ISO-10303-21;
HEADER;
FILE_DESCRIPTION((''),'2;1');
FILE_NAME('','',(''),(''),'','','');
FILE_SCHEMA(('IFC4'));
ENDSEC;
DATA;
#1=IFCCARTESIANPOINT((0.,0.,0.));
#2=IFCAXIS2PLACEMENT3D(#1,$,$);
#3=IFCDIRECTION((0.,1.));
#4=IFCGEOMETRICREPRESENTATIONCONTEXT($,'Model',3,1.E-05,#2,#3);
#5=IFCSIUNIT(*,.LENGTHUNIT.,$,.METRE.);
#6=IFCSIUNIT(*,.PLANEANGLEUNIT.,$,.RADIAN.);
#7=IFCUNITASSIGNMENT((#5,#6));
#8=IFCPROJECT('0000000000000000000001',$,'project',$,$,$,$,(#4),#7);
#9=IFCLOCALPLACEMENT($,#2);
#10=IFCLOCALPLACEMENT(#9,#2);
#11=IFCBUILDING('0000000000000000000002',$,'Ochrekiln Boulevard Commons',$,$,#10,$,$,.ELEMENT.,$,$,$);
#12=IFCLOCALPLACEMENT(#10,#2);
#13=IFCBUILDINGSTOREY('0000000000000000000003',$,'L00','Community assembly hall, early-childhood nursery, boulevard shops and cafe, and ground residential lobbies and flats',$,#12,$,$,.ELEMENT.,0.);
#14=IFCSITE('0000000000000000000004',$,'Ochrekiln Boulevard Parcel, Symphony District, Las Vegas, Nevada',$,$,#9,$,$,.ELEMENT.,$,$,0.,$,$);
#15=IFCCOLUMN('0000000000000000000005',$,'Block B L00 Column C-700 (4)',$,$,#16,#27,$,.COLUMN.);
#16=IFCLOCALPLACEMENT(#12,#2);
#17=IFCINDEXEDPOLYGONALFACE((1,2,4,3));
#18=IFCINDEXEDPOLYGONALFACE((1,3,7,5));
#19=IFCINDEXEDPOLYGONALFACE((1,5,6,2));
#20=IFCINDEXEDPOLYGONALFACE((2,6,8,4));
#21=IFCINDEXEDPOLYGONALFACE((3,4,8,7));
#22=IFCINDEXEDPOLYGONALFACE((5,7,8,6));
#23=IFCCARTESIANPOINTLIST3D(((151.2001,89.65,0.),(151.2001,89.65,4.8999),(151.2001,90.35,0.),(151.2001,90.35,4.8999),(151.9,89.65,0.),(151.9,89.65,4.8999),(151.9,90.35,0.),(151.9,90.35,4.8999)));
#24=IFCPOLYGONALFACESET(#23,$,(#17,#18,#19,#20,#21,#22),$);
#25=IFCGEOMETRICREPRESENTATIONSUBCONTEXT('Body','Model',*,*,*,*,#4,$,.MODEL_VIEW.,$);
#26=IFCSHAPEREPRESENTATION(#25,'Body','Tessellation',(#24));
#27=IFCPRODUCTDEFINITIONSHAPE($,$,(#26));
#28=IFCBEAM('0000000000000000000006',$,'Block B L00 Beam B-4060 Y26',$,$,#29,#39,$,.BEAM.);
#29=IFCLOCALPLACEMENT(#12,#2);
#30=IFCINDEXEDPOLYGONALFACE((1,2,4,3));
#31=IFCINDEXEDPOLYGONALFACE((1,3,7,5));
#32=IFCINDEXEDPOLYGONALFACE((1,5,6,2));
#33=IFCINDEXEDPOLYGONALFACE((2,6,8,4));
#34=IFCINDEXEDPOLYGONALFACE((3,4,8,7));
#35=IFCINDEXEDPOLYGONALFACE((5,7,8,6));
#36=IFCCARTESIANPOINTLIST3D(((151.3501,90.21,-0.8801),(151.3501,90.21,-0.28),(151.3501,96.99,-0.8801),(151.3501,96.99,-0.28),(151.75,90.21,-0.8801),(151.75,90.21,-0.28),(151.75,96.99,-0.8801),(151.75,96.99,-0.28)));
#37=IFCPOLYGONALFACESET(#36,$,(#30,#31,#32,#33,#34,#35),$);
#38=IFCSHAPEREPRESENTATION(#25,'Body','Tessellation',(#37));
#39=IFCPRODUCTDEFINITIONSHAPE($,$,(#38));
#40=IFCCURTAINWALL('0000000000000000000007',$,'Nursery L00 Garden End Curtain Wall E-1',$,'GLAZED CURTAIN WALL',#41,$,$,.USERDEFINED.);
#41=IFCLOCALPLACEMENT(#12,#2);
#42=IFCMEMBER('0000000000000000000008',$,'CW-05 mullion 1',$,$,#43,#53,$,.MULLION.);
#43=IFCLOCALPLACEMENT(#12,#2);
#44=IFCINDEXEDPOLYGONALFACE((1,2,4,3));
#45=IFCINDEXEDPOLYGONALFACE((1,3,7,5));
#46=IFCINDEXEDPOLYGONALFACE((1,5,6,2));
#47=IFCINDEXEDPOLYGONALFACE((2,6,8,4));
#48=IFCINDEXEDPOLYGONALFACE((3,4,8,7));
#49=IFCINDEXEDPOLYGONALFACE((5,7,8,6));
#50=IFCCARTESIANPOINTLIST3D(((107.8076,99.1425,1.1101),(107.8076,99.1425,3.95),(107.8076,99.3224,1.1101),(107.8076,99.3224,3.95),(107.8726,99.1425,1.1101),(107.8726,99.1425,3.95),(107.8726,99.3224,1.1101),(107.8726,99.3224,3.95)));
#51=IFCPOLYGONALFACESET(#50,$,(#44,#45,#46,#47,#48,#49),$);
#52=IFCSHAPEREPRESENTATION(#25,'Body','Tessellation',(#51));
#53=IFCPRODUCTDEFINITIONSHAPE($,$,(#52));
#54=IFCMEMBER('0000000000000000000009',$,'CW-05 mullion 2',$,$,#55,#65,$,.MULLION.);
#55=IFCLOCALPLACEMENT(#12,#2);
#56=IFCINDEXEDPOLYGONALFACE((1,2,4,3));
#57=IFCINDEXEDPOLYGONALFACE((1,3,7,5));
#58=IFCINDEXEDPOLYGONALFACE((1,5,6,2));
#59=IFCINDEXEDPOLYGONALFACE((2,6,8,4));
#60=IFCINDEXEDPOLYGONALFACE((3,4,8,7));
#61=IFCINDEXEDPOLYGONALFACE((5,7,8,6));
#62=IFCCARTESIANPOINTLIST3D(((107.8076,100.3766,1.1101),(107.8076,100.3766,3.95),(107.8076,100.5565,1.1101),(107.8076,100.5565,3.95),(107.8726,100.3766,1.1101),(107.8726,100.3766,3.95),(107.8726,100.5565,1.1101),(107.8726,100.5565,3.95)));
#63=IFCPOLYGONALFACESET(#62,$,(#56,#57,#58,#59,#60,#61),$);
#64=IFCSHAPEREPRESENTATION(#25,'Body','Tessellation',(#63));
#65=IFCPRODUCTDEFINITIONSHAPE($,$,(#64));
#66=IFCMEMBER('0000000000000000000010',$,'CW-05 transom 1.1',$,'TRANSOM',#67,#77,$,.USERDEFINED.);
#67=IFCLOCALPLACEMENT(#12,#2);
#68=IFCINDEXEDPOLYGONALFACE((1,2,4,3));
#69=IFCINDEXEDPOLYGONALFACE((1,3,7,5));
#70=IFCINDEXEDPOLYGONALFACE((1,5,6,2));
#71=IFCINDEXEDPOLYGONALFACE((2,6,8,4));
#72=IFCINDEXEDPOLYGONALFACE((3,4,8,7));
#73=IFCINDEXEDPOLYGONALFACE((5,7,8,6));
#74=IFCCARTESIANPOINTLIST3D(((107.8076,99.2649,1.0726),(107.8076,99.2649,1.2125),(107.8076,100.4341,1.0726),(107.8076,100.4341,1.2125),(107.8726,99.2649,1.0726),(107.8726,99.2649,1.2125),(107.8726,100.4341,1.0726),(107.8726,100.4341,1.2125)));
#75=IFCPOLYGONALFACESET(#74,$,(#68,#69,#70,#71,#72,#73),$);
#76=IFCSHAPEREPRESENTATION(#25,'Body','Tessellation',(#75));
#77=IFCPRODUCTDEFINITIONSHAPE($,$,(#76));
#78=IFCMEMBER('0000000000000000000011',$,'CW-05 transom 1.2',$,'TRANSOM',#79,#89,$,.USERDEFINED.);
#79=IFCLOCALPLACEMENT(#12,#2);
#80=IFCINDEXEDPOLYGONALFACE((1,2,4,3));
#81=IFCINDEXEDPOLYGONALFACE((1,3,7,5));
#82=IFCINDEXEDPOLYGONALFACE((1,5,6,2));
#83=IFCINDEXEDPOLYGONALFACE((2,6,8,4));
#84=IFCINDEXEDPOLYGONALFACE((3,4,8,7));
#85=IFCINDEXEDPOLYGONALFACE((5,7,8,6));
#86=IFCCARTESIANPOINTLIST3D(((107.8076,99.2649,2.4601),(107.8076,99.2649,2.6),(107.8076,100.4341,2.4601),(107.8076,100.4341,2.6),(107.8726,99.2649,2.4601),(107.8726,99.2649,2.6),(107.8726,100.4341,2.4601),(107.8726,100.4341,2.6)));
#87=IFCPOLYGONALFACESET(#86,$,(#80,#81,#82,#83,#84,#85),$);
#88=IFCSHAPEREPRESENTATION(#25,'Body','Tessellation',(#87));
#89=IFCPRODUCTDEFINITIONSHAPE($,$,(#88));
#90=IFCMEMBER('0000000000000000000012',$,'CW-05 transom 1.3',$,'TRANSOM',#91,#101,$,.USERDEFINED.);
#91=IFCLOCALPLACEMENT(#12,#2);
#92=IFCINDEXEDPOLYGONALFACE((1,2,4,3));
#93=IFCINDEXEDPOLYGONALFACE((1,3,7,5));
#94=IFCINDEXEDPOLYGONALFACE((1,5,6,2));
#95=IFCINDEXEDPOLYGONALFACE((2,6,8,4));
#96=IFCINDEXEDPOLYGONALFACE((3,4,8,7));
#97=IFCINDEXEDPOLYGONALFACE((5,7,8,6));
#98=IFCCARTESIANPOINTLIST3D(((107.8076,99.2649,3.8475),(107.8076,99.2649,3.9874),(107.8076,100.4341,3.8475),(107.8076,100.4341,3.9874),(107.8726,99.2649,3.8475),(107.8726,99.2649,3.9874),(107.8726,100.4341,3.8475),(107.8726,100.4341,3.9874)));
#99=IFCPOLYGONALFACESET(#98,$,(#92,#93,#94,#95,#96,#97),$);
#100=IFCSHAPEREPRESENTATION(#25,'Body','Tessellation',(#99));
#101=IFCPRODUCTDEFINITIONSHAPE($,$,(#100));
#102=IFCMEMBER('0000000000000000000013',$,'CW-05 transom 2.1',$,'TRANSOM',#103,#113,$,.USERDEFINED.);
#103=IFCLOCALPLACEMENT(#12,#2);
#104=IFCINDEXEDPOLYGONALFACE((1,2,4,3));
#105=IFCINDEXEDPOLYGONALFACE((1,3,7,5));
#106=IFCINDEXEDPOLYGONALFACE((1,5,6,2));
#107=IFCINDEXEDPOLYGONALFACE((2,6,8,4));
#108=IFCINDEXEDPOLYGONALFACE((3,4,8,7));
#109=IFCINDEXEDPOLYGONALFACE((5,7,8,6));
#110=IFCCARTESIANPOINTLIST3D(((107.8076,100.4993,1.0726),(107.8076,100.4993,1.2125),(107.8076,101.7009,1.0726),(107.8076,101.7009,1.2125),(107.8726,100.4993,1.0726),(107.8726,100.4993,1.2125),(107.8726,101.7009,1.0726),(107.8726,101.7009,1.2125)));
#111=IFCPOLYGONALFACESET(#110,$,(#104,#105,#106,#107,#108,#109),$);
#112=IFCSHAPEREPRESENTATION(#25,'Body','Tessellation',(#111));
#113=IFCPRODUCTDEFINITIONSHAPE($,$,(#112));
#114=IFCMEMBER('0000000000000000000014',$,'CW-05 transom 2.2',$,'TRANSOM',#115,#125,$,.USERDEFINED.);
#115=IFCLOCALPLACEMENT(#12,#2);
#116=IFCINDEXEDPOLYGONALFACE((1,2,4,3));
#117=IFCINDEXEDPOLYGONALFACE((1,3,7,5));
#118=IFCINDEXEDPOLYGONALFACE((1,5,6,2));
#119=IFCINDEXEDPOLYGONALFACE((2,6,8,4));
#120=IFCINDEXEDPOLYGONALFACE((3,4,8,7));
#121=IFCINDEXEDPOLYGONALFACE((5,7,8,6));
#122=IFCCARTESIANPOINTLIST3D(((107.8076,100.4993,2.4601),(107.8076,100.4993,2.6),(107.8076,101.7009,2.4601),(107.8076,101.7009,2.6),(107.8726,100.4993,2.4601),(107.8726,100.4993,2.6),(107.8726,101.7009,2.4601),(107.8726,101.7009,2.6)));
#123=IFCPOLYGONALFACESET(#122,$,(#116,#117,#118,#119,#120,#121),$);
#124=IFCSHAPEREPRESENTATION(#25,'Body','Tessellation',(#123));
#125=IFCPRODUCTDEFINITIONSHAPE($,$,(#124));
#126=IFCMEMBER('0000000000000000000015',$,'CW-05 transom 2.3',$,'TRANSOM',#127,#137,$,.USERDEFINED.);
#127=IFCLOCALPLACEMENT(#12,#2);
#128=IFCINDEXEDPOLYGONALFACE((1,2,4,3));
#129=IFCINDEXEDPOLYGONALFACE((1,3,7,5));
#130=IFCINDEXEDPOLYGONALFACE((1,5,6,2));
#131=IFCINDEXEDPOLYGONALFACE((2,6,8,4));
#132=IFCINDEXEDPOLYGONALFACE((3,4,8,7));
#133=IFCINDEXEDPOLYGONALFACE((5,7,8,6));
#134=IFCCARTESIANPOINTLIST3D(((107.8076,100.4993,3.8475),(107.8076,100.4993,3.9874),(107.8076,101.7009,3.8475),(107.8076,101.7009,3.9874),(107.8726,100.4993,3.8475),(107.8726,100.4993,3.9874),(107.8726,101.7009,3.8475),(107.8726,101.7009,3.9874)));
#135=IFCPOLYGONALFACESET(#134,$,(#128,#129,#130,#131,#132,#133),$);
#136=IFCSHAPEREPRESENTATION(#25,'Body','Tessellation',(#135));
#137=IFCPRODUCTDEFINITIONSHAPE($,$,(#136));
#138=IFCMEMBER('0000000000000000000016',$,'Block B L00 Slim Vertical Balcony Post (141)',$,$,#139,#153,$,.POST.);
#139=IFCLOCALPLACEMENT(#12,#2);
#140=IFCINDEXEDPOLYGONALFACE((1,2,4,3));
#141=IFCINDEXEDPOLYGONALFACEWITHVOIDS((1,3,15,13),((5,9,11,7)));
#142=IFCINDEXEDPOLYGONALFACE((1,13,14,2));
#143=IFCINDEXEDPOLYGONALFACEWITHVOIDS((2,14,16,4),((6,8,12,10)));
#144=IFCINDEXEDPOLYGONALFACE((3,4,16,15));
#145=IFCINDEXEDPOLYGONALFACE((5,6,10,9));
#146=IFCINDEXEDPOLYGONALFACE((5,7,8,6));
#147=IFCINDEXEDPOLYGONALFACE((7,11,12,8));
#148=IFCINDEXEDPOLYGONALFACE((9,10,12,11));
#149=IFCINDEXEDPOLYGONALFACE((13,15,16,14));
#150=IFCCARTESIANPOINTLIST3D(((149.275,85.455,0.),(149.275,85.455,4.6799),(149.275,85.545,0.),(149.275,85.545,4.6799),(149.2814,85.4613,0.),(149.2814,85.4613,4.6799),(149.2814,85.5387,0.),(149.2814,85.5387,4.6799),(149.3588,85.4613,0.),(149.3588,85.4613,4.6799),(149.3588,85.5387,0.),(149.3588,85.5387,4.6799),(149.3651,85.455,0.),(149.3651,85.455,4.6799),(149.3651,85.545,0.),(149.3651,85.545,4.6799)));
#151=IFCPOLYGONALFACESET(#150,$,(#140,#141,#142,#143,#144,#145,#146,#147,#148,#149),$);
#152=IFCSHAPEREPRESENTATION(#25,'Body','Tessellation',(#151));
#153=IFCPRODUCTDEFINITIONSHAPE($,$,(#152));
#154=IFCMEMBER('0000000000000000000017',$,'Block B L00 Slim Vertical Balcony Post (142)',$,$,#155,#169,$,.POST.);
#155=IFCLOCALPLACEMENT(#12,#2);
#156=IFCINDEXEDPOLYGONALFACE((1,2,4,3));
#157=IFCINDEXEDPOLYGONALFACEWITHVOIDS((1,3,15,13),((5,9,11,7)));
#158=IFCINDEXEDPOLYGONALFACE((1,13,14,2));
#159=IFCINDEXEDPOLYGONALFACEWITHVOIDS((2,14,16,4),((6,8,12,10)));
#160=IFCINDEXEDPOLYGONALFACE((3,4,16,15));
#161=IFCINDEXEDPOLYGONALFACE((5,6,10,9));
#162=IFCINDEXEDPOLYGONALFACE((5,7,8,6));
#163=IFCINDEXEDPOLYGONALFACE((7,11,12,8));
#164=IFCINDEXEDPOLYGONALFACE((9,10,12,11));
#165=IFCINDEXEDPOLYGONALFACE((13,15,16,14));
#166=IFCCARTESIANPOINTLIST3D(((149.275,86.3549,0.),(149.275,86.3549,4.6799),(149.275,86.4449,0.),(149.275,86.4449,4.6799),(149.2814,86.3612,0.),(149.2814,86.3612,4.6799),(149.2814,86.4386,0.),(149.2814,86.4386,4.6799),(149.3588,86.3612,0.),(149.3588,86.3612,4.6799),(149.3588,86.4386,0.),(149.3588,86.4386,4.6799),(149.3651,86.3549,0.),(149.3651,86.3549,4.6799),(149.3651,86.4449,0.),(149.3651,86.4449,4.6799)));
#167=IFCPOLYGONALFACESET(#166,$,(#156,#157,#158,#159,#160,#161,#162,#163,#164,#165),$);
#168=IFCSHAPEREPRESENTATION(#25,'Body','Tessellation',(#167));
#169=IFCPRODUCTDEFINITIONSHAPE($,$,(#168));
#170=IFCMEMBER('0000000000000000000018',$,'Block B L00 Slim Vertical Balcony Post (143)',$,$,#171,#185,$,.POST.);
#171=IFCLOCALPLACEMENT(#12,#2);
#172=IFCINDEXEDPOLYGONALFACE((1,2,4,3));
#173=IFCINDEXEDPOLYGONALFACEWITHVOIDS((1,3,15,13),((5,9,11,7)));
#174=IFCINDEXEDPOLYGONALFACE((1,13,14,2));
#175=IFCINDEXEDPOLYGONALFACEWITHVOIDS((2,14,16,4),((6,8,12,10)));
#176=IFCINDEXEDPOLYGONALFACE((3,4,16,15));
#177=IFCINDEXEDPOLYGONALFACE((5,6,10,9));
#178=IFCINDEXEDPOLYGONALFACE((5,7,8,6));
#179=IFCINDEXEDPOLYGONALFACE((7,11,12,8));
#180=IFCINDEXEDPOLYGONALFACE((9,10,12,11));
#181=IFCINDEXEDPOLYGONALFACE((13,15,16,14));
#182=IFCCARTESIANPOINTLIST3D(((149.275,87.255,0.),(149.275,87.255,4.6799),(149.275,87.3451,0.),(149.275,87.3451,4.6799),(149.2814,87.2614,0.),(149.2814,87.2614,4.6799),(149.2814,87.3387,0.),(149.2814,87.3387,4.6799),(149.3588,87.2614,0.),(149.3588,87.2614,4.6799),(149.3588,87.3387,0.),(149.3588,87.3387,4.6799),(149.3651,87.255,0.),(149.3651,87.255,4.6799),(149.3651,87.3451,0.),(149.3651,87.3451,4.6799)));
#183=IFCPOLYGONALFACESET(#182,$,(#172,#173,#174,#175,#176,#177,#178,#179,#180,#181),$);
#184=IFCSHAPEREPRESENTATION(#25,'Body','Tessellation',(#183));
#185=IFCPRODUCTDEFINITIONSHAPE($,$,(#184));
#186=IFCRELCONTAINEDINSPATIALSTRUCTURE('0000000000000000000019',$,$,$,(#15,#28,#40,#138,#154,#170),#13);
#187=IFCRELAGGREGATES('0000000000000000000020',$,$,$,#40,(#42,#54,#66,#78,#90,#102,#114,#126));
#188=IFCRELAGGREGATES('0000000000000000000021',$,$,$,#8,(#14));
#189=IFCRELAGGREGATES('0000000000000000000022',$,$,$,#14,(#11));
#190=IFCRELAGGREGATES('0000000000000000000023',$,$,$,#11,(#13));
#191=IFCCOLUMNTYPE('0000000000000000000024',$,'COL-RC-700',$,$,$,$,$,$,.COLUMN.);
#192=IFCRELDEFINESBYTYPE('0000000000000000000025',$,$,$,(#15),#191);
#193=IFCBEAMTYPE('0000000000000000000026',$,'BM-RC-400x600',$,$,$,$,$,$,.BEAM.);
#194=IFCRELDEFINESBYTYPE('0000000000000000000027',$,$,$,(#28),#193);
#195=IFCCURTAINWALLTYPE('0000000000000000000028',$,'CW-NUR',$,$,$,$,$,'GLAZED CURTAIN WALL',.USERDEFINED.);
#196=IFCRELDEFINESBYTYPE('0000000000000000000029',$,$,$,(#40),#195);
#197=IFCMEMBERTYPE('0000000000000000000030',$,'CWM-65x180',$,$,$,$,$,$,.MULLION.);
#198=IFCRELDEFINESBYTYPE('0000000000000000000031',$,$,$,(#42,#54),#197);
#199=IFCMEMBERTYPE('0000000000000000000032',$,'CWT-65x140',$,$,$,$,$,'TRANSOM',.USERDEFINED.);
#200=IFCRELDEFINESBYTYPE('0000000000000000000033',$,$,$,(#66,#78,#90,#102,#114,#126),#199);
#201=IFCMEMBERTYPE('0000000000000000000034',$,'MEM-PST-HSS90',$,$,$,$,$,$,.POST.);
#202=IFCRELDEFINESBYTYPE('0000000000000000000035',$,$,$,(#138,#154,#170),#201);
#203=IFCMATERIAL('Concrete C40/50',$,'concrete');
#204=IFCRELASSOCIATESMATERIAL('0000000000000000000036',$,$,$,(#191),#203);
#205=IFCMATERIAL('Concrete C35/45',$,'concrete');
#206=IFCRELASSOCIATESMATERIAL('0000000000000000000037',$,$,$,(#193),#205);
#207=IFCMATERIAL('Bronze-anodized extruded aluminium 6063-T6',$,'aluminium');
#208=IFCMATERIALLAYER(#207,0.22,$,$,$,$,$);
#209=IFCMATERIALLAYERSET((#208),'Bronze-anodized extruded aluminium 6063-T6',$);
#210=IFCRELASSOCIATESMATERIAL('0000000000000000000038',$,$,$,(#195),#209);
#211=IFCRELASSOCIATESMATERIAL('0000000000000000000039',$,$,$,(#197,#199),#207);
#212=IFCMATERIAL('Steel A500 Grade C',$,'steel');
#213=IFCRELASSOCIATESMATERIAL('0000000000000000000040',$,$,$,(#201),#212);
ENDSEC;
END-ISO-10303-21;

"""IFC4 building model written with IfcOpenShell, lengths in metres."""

from ifc_helpers import new_model, si_unit, direction, frame, origin, origin_2d, place, context, subcontext, project, spatial, rectangle, hollow_rectangle, extrude, material, layer, layer_set, material_profile, profile_set, type_object, element, aggregate, save


model = new_model("IFC4")

# Units and contexts
model_context = context("Model", 3, precision=1e-05, world=origin(), true_north=direction((0.0, 1.0)))
body_context = subcontext(model_context, "Body", "Model", "MODEL_VIEW")
ifc_project = project(units=[si_unit("LENGTHUNIT", "METRE"), si_unit("PLANEANGLEUNIT", "RADIAN")], contexts=[model_context])

# Site, building, storey
site_placement = place(None, origin())
site = spatial("IfcSite", under=ifc_project, at=site_placement, Name="Ochrekiln Boulevard Parcel, Symphony District, Las Vegas, Nevada", CompositionType="ELEMENT", RefElevation=0.0)
building_placement = place(site_placement, origin())
building = spatial("IfcBuilding", under=site, at=building_placement, Name="Ochrekiln Boulevard Commons", CompositionType="ELEMENT")
storey_placement = place(building_placement, origin())
storey = spatial("IfcBuildingStorey", under=building, at=storey_placement, Name="L00", Description="Community assembly hall, early-childhood nursery, boulevard shops and cafe, and ground residential lobbies and flats", CompositionType="ELEMENT", Elevation=0.0)

# Column
ifc_material_1 = material(Name="Concrete C40/50", Category="concrete")
ifc_material_profile_1 = material_profile(ifc_material_1, rectangle(XDim=0.7, YDim=0.7, at=origin_2d()), Name="RC-COL-700x700")
ifc_profile_set_1 = profile_set([ifc_material_profile_1], Name="Concrete C40/50")
column_type = type_object("IfcColumnType", Name="COL-RC-700", PredefinedType="COLUMN", material=ifc_profile_set_1)
column_placement = place(storey_placement, frame((151.55, 90.0, 0.0), z_axis=(0.0, 0.0, 1.0), x_axis=(1.0, 0.0, 0.0)))
element("IfcColumn", 1, at=column_placement, inside=storey, type_object=column_type, Name="Block B L00 Column C-700 (4)", PredefinedType="COLUMN", context=body_context, shape_type="SweptSolid", body=[
    extrude(rectangle(XDim=0.7, YDim=0.7, at=origin_2d()), origin(), (0.0, 0.0, 1.0), 4.8999),
])

# Beam
ifc_material_2 = material(Name="Concrete C35/45", Category="concrete")
ifc_material_profile_2 = material_profile(ifc_material_2, rectangle(XDim=0.3999, YDim=0.6001, at=origin_2d()), Name="RC-BM-400x600")
ifc_profile_set_2 = profile_set([ifc_material_profile_2], Name="Concrete C35/45")
beam_type = type_object("IfcBeamType", Name="BM-RC-400x600", PredefinedType="BEAM", material=ifc_profile_set_2)
beam_placement = place(storey_placement, frame((151.55, 90.21, -0.5801), z_axis=(0.0, 1.0, 0.0), x_axis=(-1.0, 0.0, 0.0)))
element("IfcBeam", 2, at=beam_placement, inside=storey, type_object=beam_type, Name="Block B L00 Beam B-4060 Y26", PredefinedType="BEAM", context=body_context, shape_type="SweptSolid", body=[
    extrude(rectangle(XDim=0.3999, YDim=0.6001, at=origin_2d()), origin(), (0.0, 0.0, 1.0), 6.78),
])

# Curtain wall, members
ifc_material_3 = material(Name="Bronze-anodized extruded aluminium 6063-T6", Category="aluminium")
ifc_layer_1 = layer(ifc_material_3, 0.22)
ifc_layer_set_1 = layer_set([ifc_layer_1], Name="Bronze-anodized extruded aluminium 6063-T6")
curtain_wall_type = type_object("IfcCurtainWallType", Name="CW-NUR", ElementType="GLAZED CURTAIN WALL", PredefinedType="USERDEFINED", material=ifc_layer_set_1)
curtain_wall_placement = place(storey_placement, origin())
curtain_wall = element("IfcCurtainWall", 3, at=curtain_wall_placement, inside=storey, type_object=curtain_wall_type, Name="Nursery L00 Garden End Curtain Wall E-1", ObjectType="GLAZED CURTAIN WALL", PredefinedType="USERDEFINED")
ifc_material_profile_3 = material_profile(ifc_material_3, rectangle(XDim=0.0649, YDim=0.1799, at=origin_2d()), Name="ALU-MUL-65x180")
ifc_profile_set_3 = profile_set([ifc_material_profile_3], Name="Bronze-anodized extruded aluminium 6063-T6")
member_type_1 = type_object("IfcMemberType", Name="CWM-65x180", PredefinedType="MULLION", material=ifc_profile_set_3)
member_1_placement = place(storey_placement, frame((107.8401, 99.2324, 1.1101), z_axis=(0.0, 0.0, 1.0), x_axis=(-1.0, 0.0, 0.0)))
member_1 = element("IfcMember", 4, at=member_1_placement, type_object=member_type_1, Name="CW-05 mullion 1", PredefinedType="MULLION", context=body_context, shape_type="SweptSolid", body=[
    extrude(rectangle(XDim=0.0649, YDim=0.1799, at=origin_2d()), origin(), (0.0, 0.0, 1.0), 2.8398),
])
member_2_placement = place(storey_placement, frame((107.8401, 100.4666, 1.1101), z_axis=(0.0, 0.0, 1.0), x_axis=(-1.0, 0.0, 0.0)))
member_2 = element("IfcMember", 5, at=member_2_placement, type_object=member_type_1, Name="CW-05 mullion 2", PredefinedType="MULLION", context=body_context, shape_type="SweptSolid", body=[
    extrude(rectangle(XDim=0.0649, YDim=0.1799, at=origin_2d()), origin(), (0.0, 0.0, 1.0), 2.8398),
])
ifc_material_profile_4 = material_profile(ifc_material_3, rectangle(XDim=0.0649, YDim=0.1399, at=origin_2d()), Name="ALU-TRN-65x140")
ifc_profile_set_4 = profile_set([ifc_material_profile_4], Name="Bronze-anodized extruded aluminium 6063-T6")
member_type_2 = type_object("IfcMemberType", Name="CWT-65x140", ElementType="TRANSOM", PredefinedType="USERDEFINED", material=ifc_profile_set_4)
member_3_placement = place(storey_placement, frame((107.8401, 99.2649, 1.1426), z_axis=(0.0, 1.0, 0.0), x_axis=(-1.0, 0.0, 0.0)))
member_3 = element("IfcMember", 6, at=member_3_placement, type_object=member_type_2, Name="CW-05 transom 1.1", ObjectType="TRANSOM", PredefinedType="USERDEFINED", context=body_context, shape_type="SweptSolid", body=[
    extrude(rectangle(XDim=0.0649, YDim=0.1399, at=origin_2d()), origin(), (0.0, 0.0, 1.0), 1.1692),
])
member_4_placement = place(storey_placement, frame((107.8401, 99.2649, 2.53), z_axis=(0.0, 1.0, 0.0), x_axis=(-1.0, 0.0, 0.0)))
member_4 = element("IfcMember", 7, at=member_4_placement, type_object=member_type_2, Name="CW-05 transom 1.2", ObjectType="TRANSOM", PredefinedType="USERDEFINED", context=body_context, shape_type="SweptSolid", body=[
    extrude(rectangle(XDim=0.0649, YDim=0.1399, at=origin_2d()), origin(), (0.0, 0.0, 1.0), 1.1692),
])
member_5_placement = place(storey_placement, frame((107.8401, 99.2649, 3.9175), z_axis=(0.0, 1.0, 0.0), x_axis=(-1.0, 0.0, 0.0)))
member_5 = element("IfcMember", 8, at=member_5_placement, type_object=member_type_2, Name="CW-05 transom 1.3", ObjectType="TRANSOM", PredefinedType="USERDEFINED", context=body_context, shape_type="SweptSolid", body=[
    extrude(rectangle(XDim=0.0649, YDim=0.1399, at=origin_2d()), origin(), (0.0, 0.0, 1.0), 1.1692),
])
member_6_placement = place(storey_placement, frame((107.8401, 100.4993, 1.1426), z_axis=(0.0, 1.0, 0.0), x_axis=(-1.0, 0.0, 0.0)))
member_6 = element("IfcMember", 9, at=member_6_placement, type_object=member_type_2, Name="CW-05 transom 2.1", ObjectType="TRANSOM", PredefinedType="USERDEFINED", context=body_context, shape_type="SweptSolid", body=[
    extrude(rectangle(XDim=0.0649, YDim=0.1399, at=origin_2d()), origin(), (0.0, 0.0, 1.0), 1.2017),
])
member_7_placement = place(storey_placement, frame((107.8401, 100.4993, 2.53), z_axis=(0.0, 1.0, 0.0), x_axis=(-1.0, 0.0, 0.0)))
member_7 = element("IfcMember", 10, at=member_7_placement, type_object=member_type_2, Name="CW-05 transom 2.2", ObjectType="TRANSOM", PredefinedType="USERDEFINED", context=body_context, shape_type="SweptSolid", body=[
    extrude(rectangle(XDim=0.0649, YDim=0.1399, at=origin_2d()), origin(), (0.0, 0.0, 1.0), 1.2017),
])
member_8_placement = place(storey_placement, frame((107.8401, 100.4993, 3.9175), z_axis=(0.0, 1.0, 0.0), x_axis=(-1.0, 0.0, 0.0)))
member_8 = element("IfcMember", 11, at=member_8_placement, type_object=member_type_2, Name="CW-05 transom 2.3", ObjectType="TRANSOM", PredefinedType="USERDEFINED", context=body_context, shape_type="SweptSolid", body=[
    extrude(rectangle(XDim=0.0649, YDim=0.1399, at=origin_2d()), origin(), (0.0, 0.0, 1.0), 1.2017),
])

# Members
ifc_material_4 = material(Name="Steel A500 Grade C", Category="steel")
ifc_material_profile_5 = material_profile(ifc_material_4, hollow_rectangle(XDim=0.0901, YDim=0.0901, WallThickness=0.0063, at=origin_2d()), Name="HSS90X90X6.4")
ifc_profile_set_5 = profile_set([ifc_material_profile_5], Name="Steel A500 Grade C")
member_type_3 = type_object("IfcMemberType", Name="MEM-PST-HSS90", PredefinedType="POST", material=ifc_profile_set_5)
for number, where, z_axis, x_axis, name in (
    (12, (149.3201, 85.5, 0.0), (0.0, 0.0, 1.0), (1.0, 0.0, 0.0), "Block B L00 Slim Vertical Balcony Post (141)"),
    (13, (149.3201, 86.3999, 0.0), (0.0, 0.0, 1.0), (1.0, 0.0, 0.0), "Block B L00 Slim Vertical Balcony Post (142)"),
    (14, (149.3201, 87.3, 0.0), (0.0, 0.0, 1.0), (1.0, 0.0, 0.0), "Block B L00 Slim Vertical Balcony Post (143)"),
):
    element("IfcMember", number, at=place(storey_placement, frame(where, z_axis=z_axis, x_axis=x_axis)), inside=storey, type_object=member_type_3, Name=name, PredefinedType="POST", context=body_context, shape_type="SweptSolid", body=[
        extrude(hollow_rectangle(XDim=0.0901, YDim=0.0901, WallThickness=0.0063, at=origin_2d()), origin(), (0.0, 0.0, 1.0), 4.6799),
    ])

aggregate(curtain_wall, [member_1, member_2, member_3, member_4, member_5, member_6, member_7, member_8])

save(model, "model.ifc")
